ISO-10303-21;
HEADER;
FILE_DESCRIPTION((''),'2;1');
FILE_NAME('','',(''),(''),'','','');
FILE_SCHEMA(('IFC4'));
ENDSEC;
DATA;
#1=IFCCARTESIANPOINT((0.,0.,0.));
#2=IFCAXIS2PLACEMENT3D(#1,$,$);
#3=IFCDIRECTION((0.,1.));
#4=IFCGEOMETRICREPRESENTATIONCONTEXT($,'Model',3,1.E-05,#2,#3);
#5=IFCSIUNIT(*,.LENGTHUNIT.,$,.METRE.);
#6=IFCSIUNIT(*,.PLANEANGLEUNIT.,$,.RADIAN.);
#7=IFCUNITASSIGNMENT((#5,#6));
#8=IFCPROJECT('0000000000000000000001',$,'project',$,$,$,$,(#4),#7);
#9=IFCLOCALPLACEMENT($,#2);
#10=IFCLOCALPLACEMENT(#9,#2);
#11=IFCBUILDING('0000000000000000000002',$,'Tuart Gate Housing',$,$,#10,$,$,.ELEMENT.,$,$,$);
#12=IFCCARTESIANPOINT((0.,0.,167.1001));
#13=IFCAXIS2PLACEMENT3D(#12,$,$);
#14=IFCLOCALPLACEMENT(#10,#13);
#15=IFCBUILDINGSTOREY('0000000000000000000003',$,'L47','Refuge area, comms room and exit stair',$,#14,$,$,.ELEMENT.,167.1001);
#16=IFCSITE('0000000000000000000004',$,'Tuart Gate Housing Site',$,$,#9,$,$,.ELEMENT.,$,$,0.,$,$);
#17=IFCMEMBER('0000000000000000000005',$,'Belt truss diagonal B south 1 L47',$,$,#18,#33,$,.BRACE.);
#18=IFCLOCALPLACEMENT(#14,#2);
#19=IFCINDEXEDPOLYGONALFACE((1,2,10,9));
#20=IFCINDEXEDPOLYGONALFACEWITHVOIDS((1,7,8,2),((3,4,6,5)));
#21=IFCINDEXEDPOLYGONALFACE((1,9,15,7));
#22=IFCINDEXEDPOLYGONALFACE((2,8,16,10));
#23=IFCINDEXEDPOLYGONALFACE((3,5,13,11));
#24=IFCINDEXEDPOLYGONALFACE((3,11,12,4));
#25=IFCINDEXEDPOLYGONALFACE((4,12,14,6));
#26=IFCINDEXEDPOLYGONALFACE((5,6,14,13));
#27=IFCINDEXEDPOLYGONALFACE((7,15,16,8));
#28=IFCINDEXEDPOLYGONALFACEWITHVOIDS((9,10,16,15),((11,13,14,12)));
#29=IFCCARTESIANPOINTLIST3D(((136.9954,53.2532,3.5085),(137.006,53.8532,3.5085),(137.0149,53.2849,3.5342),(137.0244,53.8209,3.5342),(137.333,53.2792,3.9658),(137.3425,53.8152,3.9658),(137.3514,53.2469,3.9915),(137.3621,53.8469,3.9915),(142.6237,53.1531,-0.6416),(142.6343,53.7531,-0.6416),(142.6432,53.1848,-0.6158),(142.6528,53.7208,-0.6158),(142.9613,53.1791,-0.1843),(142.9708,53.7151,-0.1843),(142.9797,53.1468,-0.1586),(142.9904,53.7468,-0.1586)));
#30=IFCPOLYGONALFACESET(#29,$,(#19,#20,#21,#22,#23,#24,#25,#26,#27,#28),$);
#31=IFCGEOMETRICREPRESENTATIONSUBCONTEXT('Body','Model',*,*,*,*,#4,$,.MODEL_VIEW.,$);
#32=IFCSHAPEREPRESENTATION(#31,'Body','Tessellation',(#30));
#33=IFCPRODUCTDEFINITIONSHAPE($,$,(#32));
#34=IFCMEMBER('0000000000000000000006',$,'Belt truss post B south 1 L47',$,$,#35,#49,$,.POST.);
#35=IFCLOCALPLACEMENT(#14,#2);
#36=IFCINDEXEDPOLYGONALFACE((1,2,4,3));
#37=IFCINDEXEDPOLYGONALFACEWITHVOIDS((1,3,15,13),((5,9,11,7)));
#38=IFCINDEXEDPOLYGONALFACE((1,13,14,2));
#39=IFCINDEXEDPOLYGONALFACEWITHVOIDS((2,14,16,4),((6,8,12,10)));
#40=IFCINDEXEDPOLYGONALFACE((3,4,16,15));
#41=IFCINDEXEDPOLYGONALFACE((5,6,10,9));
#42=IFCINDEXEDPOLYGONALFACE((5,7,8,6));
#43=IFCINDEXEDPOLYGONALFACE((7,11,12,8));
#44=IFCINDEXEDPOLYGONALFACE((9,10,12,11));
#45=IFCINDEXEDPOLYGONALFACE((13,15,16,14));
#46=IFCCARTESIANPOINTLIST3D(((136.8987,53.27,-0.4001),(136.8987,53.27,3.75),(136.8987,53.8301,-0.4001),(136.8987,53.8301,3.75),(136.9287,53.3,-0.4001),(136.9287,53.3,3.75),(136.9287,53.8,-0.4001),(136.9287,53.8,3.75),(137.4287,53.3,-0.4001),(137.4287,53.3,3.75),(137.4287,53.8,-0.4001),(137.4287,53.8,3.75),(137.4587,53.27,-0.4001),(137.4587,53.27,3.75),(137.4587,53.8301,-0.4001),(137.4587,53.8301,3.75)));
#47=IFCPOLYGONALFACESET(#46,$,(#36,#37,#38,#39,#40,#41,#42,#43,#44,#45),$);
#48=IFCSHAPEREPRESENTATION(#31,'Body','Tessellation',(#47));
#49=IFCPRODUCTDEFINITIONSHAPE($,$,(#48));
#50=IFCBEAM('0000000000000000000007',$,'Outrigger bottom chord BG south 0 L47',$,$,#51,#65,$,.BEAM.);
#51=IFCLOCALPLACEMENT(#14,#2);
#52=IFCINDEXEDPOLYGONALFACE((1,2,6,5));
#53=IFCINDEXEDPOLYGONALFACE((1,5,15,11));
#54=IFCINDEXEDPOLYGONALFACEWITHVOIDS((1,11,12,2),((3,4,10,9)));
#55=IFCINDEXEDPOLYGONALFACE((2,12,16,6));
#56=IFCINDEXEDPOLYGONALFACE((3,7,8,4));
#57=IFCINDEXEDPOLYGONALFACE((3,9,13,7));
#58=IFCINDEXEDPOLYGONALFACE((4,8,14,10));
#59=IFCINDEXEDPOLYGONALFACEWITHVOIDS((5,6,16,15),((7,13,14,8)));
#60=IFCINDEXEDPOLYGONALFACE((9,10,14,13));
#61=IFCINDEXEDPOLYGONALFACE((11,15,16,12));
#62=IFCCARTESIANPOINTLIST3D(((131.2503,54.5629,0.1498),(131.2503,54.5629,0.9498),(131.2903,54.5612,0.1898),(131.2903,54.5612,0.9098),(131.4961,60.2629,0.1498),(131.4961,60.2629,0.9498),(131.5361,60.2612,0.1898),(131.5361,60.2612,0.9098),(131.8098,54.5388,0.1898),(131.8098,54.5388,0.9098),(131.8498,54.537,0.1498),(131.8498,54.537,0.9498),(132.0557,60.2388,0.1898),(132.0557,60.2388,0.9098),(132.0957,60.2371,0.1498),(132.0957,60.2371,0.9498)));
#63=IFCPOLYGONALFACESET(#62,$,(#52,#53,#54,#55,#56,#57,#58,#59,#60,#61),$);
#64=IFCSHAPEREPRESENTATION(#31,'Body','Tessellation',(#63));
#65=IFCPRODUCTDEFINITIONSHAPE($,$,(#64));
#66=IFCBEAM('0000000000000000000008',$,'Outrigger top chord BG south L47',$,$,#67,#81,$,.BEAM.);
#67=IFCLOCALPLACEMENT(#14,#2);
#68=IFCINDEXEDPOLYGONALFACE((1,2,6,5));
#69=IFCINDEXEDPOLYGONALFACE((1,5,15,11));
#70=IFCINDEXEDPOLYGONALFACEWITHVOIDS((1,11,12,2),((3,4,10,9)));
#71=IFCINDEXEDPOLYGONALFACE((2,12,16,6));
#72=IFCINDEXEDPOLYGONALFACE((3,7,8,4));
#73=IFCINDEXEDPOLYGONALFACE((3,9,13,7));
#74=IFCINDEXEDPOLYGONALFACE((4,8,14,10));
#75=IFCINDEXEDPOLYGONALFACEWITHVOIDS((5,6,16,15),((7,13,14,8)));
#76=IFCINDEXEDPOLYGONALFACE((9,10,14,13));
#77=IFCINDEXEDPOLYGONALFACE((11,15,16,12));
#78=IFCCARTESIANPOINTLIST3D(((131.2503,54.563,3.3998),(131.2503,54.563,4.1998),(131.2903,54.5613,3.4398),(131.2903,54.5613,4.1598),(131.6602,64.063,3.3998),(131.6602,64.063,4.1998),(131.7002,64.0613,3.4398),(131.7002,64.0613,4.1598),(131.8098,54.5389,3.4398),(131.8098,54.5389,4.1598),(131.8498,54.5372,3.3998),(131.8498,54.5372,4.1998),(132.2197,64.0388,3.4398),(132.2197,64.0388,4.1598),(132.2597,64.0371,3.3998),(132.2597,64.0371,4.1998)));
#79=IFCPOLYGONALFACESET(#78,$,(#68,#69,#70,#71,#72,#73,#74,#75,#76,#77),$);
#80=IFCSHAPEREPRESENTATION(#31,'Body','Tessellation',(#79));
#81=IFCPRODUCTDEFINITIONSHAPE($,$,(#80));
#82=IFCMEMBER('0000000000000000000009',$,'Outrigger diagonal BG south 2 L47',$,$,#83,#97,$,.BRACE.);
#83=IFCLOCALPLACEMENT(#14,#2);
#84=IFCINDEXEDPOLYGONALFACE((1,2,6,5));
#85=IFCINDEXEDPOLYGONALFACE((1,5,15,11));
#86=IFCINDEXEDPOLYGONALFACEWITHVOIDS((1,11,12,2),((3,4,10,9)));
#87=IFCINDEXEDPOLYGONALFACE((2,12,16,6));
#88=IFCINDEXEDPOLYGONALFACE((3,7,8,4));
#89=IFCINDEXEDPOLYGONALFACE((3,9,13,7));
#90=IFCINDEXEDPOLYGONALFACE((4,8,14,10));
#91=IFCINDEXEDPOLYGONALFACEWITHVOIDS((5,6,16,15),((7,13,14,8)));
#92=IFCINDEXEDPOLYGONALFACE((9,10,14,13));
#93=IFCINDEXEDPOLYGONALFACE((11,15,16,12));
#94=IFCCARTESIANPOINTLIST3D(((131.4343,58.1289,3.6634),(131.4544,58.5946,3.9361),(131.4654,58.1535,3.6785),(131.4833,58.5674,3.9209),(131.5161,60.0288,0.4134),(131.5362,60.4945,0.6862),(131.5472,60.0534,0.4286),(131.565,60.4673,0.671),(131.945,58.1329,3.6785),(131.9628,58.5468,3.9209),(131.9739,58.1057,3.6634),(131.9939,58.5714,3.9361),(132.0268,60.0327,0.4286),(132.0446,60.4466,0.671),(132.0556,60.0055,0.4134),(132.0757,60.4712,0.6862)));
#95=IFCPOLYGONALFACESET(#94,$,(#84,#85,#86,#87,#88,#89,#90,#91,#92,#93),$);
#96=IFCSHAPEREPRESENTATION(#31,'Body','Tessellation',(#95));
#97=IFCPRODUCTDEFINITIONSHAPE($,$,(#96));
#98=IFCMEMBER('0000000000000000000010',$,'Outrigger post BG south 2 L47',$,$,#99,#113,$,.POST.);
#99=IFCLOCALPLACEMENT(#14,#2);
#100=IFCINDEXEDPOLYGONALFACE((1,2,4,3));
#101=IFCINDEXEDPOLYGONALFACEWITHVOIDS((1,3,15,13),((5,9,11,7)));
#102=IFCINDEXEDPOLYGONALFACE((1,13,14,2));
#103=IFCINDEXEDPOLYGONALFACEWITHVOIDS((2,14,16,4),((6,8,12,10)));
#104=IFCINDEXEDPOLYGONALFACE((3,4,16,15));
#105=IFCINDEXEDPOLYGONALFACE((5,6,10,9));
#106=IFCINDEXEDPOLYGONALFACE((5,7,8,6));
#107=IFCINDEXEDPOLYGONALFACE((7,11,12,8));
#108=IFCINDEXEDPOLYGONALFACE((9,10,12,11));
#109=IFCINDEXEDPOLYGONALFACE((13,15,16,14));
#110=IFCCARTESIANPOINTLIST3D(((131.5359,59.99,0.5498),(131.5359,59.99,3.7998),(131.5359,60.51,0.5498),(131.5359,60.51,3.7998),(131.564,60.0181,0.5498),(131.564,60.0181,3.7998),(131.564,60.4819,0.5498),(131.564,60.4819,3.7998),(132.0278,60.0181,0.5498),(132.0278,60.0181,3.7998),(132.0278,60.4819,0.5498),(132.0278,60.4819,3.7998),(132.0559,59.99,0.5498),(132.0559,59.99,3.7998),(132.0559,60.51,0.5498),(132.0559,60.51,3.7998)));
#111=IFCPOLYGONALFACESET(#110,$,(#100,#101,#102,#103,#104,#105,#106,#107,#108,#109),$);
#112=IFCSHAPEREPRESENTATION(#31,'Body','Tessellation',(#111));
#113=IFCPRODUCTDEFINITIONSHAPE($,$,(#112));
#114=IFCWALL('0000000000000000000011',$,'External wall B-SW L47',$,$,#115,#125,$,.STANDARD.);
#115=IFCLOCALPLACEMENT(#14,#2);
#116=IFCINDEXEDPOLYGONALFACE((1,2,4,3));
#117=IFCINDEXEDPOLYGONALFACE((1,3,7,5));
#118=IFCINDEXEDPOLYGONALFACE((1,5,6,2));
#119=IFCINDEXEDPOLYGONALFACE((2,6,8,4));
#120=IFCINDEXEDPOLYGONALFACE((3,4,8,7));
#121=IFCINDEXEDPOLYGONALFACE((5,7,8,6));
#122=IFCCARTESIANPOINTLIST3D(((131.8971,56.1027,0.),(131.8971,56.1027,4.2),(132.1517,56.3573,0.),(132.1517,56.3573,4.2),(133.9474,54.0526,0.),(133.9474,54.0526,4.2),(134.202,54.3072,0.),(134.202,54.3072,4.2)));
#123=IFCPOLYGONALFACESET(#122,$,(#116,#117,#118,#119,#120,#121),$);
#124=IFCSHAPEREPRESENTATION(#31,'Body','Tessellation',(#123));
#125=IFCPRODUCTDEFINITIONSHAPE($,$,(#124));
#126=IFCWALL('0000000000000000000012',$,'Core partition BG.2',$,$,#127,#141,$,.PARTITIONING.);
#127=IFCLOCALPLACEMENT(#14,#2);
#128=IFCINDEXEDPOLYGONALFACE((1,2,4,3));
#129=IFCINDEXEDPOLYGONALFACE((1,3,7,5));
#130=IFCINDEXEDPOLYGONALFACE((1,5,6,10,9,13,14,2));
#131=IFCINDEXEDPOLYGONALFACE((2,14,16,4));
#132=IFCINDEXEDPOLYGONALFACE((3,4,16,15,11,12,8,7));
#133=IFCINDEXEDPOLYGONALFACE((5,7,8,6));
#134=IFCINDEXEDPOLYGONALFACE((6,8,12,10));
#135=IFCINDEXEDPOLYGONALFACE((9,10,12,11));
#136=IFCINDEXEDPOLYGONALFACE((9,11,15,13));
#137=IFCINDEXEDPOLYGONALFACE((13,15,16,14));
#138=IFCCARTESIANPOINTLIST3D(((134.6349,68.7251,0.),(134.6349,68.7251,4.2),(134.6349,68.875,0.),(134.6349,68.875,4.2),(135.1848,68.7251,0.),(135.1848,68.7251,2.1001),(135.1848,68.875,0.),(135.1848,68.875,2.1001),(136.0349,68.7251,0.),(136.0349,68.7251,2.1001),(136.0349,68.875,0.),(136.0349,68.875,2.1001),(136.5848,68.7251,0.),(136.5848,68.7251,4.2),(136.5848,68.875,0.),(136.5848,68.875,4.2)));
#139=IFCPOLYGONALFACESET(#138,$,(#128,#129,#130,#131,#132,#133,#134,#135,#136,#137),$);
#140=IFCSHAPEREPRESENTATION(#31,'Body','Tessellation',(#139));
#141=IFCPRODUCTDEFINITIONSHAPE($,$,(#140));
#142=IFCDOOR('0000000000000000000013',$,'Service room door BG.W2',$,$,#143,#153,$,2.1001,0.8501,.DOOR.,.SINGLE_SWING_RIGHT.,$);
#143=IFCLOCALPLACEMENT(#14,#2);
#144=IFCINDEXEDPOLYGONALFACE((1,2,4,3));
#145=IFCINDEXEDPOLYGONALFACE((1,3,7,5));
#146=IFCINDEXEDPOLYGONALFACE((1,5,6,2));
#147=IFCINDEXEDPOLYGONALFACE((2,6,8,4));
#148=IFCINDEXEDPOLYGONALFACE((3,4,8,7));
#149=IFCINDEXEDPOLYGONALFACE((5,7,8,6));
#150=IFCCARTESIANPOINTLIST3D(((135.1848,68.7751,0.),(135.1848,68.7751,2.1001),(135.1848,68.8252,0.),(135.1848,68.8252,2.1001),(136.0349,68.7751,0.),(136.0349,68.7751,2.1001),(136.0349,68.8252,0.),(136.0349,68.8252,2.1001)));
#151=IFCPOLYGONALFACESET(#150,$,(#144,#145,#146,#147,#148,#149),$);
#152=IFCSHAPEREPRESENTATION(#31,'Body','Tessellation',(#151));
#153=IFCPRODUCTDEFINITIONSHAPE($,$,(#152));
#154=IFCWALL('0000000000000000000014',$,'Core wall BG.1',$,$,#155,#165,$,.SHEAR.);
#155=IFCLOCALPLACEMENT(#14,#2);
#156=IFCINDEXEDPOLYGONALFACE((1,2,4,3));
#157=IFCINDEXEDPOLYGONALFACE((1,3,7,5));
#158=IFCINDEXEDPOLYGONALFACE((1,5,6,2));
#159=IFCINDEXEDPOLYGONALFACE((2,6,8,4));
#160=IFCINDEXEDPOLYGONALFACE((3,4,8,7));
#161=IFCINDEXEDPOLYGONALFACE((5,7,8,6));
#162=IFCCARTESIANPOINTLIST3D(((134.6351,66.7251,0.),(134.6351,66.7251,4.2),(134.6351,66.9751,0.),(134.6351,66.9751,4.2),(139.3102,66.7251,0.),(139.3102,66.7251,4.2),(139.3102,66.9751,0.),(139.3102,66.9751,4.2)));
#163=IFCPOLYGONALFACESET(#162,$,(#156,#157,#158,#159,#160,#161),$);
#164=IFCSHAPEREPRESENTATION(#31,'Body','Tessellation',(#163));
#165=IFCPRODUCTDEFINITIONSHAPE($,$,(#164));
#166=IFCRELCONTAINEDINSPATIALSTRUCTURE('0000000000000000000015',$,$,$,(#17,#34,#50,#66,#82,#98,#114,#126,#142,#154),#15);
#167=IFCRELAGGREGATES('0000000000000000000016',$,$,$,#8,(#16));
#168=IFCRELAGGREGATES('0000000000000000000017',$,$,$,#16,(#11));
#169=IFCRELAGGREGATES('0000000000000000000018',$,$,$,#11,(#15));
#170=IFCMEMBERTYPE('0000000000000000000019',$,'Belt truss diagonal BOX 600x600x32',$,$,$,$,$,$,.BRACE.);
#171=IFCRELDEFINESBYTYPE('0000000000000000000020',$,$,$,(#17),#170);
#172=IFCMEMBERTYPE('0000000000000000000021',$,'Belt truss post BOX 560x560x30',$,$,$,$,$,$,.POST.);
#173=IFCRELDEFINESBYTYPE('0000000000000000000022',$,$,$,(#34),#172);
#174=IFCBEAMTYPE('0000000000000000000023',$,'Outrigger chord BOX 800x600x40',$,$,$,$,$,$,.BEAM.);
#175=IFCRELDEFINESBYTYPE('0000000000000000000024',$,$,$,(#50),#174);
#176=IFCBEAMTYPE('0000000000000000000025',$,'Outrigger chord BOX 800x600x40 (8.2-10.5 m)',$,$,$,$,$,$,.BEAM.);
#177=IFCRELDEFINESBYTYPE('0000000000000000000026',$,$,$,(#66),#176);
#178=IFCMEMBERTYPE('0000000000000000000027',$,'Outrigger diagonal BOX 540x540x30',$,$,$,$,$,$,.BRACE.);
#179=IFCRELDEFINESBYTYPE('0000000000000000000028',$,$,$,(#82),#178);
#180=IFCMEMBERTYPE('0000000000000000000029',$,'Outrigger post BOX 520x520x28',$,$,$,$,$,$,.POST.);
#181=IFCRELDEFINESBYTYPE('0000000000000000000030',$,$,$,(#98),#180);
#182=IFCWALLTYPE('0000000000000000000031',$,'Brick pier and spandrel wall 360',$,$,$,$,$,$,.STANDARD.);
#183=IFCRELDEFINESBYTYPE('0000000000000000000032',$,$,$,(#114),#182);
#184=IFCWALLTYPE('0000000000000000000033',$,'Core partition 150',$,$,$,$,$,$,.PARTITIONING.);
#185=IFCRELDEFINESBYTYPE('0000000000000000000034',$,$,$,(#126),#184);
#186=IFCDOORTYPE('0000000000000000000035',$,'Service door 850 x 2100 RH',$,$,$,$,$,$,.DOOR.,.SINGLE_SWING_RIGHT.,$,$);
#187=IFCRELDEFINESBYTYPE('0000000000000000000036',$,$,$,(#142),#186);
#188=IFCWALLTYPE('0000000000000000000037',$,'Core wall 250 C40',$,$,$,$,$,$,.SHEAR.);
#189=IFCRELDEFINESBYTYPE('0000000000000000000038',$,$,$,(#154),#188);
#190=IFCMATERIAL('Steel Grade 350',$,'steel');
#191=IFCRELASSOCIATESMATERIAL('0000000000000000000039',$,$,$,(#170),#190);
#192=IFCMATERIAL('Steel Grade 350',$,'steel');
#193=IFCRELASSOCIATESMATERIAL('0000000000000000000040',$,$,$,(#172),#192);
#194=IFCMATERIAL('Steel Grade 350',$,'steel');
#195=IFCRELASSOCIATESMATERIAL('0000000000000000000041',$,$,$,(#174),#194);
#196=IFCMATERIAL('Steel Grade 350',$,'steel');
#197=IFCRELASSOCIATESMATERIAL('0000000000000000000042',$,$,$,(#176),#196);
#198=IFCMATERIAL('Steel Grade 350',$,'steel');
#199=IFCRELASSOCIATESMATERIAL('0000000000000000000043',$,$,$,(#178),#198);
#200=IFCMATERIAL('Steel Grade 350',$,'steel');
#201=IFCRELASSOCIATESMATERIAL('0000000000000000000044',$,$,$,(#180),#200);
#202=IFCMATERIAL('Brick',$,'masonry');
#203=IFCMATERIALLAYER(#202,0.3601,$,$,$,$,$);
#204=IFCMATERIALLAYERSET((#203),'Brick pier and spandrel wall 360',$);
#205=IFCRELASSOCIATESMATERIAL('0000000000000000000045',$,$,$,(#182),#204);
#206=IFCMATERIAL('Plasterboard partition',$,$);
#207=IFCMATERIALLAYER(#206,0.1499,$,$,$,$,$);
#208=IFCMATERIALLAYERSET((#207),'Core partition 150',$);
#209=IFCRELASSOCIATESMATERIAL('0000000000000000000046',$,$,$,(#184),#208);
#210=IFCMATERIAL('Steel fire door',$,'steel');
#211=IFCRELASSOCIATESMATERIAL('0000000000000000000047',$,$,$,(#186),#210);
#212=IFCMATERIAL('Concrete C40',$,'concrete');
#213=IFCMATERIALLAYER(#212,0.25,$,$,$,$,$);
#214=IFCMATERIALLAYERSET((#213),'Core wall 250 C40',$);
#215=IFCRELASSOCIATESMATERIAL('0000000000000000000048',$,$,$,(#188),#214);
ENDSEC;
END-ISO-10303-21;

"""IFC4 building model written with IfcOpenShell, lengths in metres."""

from ifc_helpers import new_model, si_unit, direction, frame, frame_2d, origin, origin_2d, place, context, subcontext, project, spatial, rectangle, hollow_rectangle, extrude, material, layer, layer_set, material_profile, profile_set, type_object, element, fill, save


model = new_model("IFC4")

# Units and contexts
model_context = context("Model", 3, precision=1e-05, world=origin(), true_north=direction((0.0, 1.0)))
body_context = subcontext(model_context, "Body", "Model", "MODEL_VIEW")
ifc_project = project(units=[si_unit("LENGTHUNIT", "METRE"), si_unit("PLANEANGLEUNIT", "RADIAN")], contexts=[model_context])

# Site, building, storey
site_placement = place(None, origin())
site = spatial("IfcSite", under=ifc_project, at=site_placement, Name="Tuart Gate Housing Site", CompositionType="ELEMENT", RefElevation=0.0)
building_placement = place(site_placement, origin())
building = spatial("IfcBuilding", under=site, at=building_placement, Name="Tuart Gate Housing", CompositionType="ELEMENT")
storey_placement = place(building_placement, frame((0.0, 0.0, 167.1001)))
storey = spatial("IfcBuildingStorey", under=building, at=storey_placement, Name="L47", Description="Refuge area, comms room and exit stair", CompositionType="ELEMENT", Elevation=167.1001)

# Members
ifc_material_1 = material(Name="Steel Grade 350", Category="steel")
ifc_material_profile_1 = material_profile(ifc_material_1, hollow_rectangle(XDim=0.6001, YDim=0.6001, WallThickness=0.032, at=origin_2d()), Name="BOX 600x600x32")
ifc_profile_set_1 = profile_set([ifc_material_profile_1], Name="Steel Grade 350")
member_type_1 = type_object("IfcMemberType", Name="Belt truss diagonal BOX 600x600x32", PredefinedType="BRACE", material=ifc_profile_set_1)
member_1_placement = place(storey_placement, frame((137.1787, 53.55, 3.75), z_axis=(0.804776, -0.014312, -0.593406), x_axis=(0.017782, 0.999842, 0.0)))
element("IfcMember", 1, at=member_1_placement, inside=storey, type_object=member_type_1, Name="Belt truss diagonal B south 1 L47", PredefinedType="BRACE", context=body_context, shape_type="SweptSolid", body=[
    extrude(hollow_rectangle(XDim=0.6001, YDim=0.6001, WallThickness=0.032, at=origin_2d()), origin(), (0.0, 0.0, 1.0), 6.9937),
])
ifc_material_2 = material(Name="Steel Grade 350", Category="steel")
ifc_material_profile_2 = material_profile(ifc_material_2, hollow_rectangle(XDim=0.5601, YDim=0.5601, WallThickness=0.03, at=origin_2d()), Name="BOX 560x560x30")
ifc_profile_set_2 = profile_set([ifc_material_profile_2], Name="Steel Grade 350")
member_type_2 = type_object("IfcMemberType", Name="Belt truss post BOX 560x560x30", PredefinedType="POST", material=ifc_profile_set_2)
member_2_placement = place(storey_placement, frame((137.1787, 53.55, -0.4001), z_axis=(0.0, 0.0, 1.0), x_axis=(1.0, 0.0, 0.0)))
element("IfcMember", 2, at=member_2_placement, inside=storey, type_object=member_type_2, Name="Belt truss post B south 1 L47", PredefinedType="POST", context=body_context, shape_type="SweptSolid", body=[
    extrude(hollow_rectangle(XDim=0.5601, YDim=0.5601, WallThickness=0.03, at=origin_2d()), origin(), (0.0, 0.0, 1.0), 4.1501),
])

# Beams
ifc_material_3 = material(Name="Steel Grade 350", Category="steel")
ifc_material_profile_3 = material_profile(ifc_material_3, hollow_rectangle(XDim=0.6001, YDim=0.8, WallThickness=0.04, at=origin_2d()), Name="BOX 800x600x40")
ifc_profile_set_3 = profile_set([ifc_material_profile_3], Name="Steel Grade 350")
beam_type_1 = type_object("IfcBeamType", Name="Outrigger chord BOX 800x600x40", PredefinedType="BEAM", material=ifc_profile_set_3)
beam_1_placement = place(storey_placement, frame((131.7959, 60.25, 0.5498), z_axis=(-0.043092, -0.999071, 0.0), x_axis=(0.999071, -0.043092, 0.0)))
element("IfcBeam", 3, at=beam_1_placement, inside=storey, type_object=beam_type_1, Name="Outrigger bottom chord BG south 0 L47", PredefinedType="BEAM", context=body_context, shape_type="SweptSolid", body=[
    extrude(hollow_rectangle(XDim=0.6001, YDim=0.8, WallThickness=0.04, at=origin_2d()), origin(), (0.0, 0.0, 1.0), 5.7053),
])
ifc_material_4 = material(Name="Steel Grade 350", Category="steel")
ifc_material_profile_4 = material_profile(ifc_material_4, hollow_rectangle(XDim=0.6001, YDim=0.8, WallThickness=0.04, at=origin_2d()), Name="BOX 800x600x40")
ifc_profile_set_4 = profile_set([ifc_material_profile_4], Name="Steel Grade 350")
beam_type_2 = type_object("IfcBeamType", Name="Outrigger chord BOX 800x600x40 (8.2-10.5 m)", PredefinedType="BEAM", material=ifc_profile_set_4)
beam_2_placement = place(storey_placement, frame((131.96, 64.05, 3.7998), z_axis=(-0.043109, -0.99907, 0.0), x_axis=(0.99907, -0.043109, 0.0)))
element("IfcBeam", 4, at=beam_2_placement, inside=storey, type_object=beam_type_2, Name="Outrigger top chord BG south L47", PredefinedType="BEAM", context=body_context, shape_type="SweptSolid", body=[
    extrude(hollow_rectangle(XDim=0.6001, YDim=0.8, WallThickness=0.04, at=origin_2d()), origin(), (0.0, 0.0, 1.0), 9.5088),
])

# Members
ifc_material_5 = material(Name="Steel Grade 350", Category="steel")
ifc_material_profile_5 = material_profile(ifc_material_5, hollow_rectangle(XDim=0.54, YDim=0.54, WallThickness=0.03, at=origin_2d()), Name="BOX 540x540x30")
ifc_profile_set_5 = profile_set([ifc_material_profile_5], Name="Steel Grade 350")
member_type_3 = type_object("IfcMemberType", Name="Outrigger diagonal BOX 540x540x30", PredefinedType="BRACE", material=ifc_profile_set_5)
member_3_placement = place(storey_placement, frame((131.7959, 60.25, 0.5498), z_axis=(-0.02172, -0.504558, 0.863104), x_axis=(0.999075, -0.043008, 0.0)))
element("IfcMember", 5, at=member_3_placement, inside=storey, type_object=member_type_3, Name="Outrigger diagonal BG south 2 L47", PredefinedType="BRACE", context=body_context, shape_type="SweptSolid", body=[
    extrude(hollow_rectangle(XDim=0.54, YDim=0.54, WallThickness=0.03, at=origin_2d()), origin(), (0.0, 0.0, 1.0), 3.7654),
])
ifc_material_6 = material(Name="Steel Grade 350", Category="steel")
ifc_material_profile_6 = material_profile(ifc_material_6, hollow_rectangle(XDim=0.52, YDim=0.52, WallThickness=0.0281, at=origin_2d()), Name="BOX 520x520x28")
ifc_profile_set_6 = profile_set([ifc_material_profile_6], Name="Steel Grade 350")
member_type_4 = type_object("IfcMemberType", Name="Outrigger post BOX 520x520x28", PredefinedType="POST", material=ifc_profile_set_6)
member_4_placement = place(storey_placement, frame((131.7959, 60.25, 0.5498), z_axis=(0.0, 0.0, 1.0), x_axis=(1.0, 0.0, 0.0)))
element("IfcMember", 6, at=member_4_placement, inside=storey, type_object=member_type_4, Name="Outrigger post BG south 2 L47", PredefinedType="POST", context=body_context, shape_type="SweptSolid", body=[
    extrude(hollow_rectangle(XDim=0.52, YDim=0.52, WallThickness=0.0281, at=origin_2d()), origin(), (0.0, 0.0, 1.0), 3.25),
])

# Wall
ifc_material_7 = material(Name="Brick", Category="masonry")
ifc_layer_1 = layer(ifc_material_7, 0.3601)
ifc_layer_set_1 = layer_set([ifc_layer_1], Name="Brick pier and spandrel wall 360")
wall_type_1 = type_object("IfcWallType", Name="Brick pier and spandrel wall 360", PredefinedType="STANDARD", material=ifc_layer_set_1)
wall_1_placement = place(storey_placement, frame((132.0244, 56.23, 0.0), z_axis=(0.0, 0.0, 1.0), x_axis=(0.707149, -0.707065, 0.0)))
element("IfcWall", 7, at=wall_1_placement, inside=storey, type_object=wall_type_1, Name="External wall B-SW L47", PredefinedType="STANDARD", context=body_context, shape_type="SweptSolid", body=[
    extrude(rectangle(XDim=2.8994, YDim=0.3601, at=frame_2d((1.4497, 0.0))), origin(), (0.0, 0.0, 1.0), 4.2),
])

# Wall, opening, door
ifc_material_8 = material(Name="Plasterboard partition")
ifc_layer_2 = layer(ifc_material_8, 0.1499)
ifc_layer_set_2 = layer_set([ifc_layer_2], Name="Core partition 150")
wall_type_2 = type_object("IfcWallType", Name="Core partition 150", PredefinedType="PARTITIONING", material=ifc_layer_set_2)
wall_2_placement = place(storey_placement, frame((136.585, 68.8, 0.0), z_axis=(0.0, 0.0, 1.0), x_axis=(-1.0, 0.0, 0.0)))
wall_2 = element("IfcWall", 8, at=wall_2_placement, inside=storey, type_object=wall_type_2, Name="Core partition BG.2", PredefinedType="PARTITIONING", context=body_context, shape_type="SweptSolid", body=[
    extrude(rectangle(XDim=1.95, YDim=0.1499, at=frame_2d((0.9751, 0.0))), origin(), (0.0, 0.0, 1.0), 4.2),
])
opening_1_placement = place(wall_2_placement, frame((0.55, 0.0, 0.0)))
opening_1 = element("IfcOpeningElement", 9, at=opening_1_placement, cuts=wall_2, PredefinedType="OPENING", context=body_context, shape_type="SweptSolid", body=[
    extrude(rectangle(XDim=0.8501, YDim=2.1001, at=frame_2d((0.425, 1.05))), frame((0.0, 0.085, 0.0), z_axis=(0.0, -1.0, 0.0), x_axis=(1.0, 0.0, 0.0)), (0.0, 0.0, 1.0), 0.1699),
])
ifc_material_9 = material(Name="Steel fire door", Category="steel")
door_type = type_object("IfcDoorType", Name="Service door 850 x 2100 RH", OperationType="SINGLE_SWING_RIGHT", PredefinedType="DOOR", material=ifc_material_9)
door_placement = place(opening_1_placement, frame((0.8501, 0.0, 0.0), z_axis=(0.0, 0.0, 1.0), x_axis=(-1.0, 0.0, 0.0)))
door = element("IfcDoor", 10, at=door_placement, inside=storey, type_object=door_type, Name="Service room door BG.W2", OperationType="SINGLE_SWING_RIGHT", OverallHeight=2.1001, OverallWidth=0.8501, PredefinedType="DOOR", context=body_context, shape_type="SweptSolid", body=[
    extrude(rectangle(XDim=0.8501, YDim=2.1001, at=frame_2d((0.425, 1.05))), frame((0.0, 0.0251, 0.0), z_axis=(0.0, -1.0, 0.0), x_axis=(1.0, 0.0, 0.0)), (0.0, 0.0, 1.0), 0.05),
])
fill(opening_1, door)

# Wall
ifc_material_10 = material(Name="Concrete C40", Category="concrete")
ifc_layer_3 = layer(ifc_material_10, 0.25)
ifc_layer_set_3 = layer_set([ifc_layer_3], Name="Core wall 250 C40")
wall_type_3 = type_object("IfcWallType", Name="Core wall 250 C40", PredefinedType="SHEAR", material=ifc_layer_set_3)
wall_3_placement = place(storey_placement, frame((139.3101, 66.8501, 0.0), z_axis=(0.0, 0.0, 1.0), x_axis=(-1.0, 0.0, 0.0)))
element("IfcWall", 11, at=wall_3_placement, inside=storey, type_object=wall_type_3, Name="Core wall BG.1", PredefinedType="SHEAR", context=body_context, shape_type="SweptSolid", body=[
    extrude(rectangle(XDim=4.675, YDim=0.25, at=frame_2d((2.3374, 0.0))), origin(), (0.0, 0.0, 1.0), 4.2),
])

save(model, "model.ifc")
